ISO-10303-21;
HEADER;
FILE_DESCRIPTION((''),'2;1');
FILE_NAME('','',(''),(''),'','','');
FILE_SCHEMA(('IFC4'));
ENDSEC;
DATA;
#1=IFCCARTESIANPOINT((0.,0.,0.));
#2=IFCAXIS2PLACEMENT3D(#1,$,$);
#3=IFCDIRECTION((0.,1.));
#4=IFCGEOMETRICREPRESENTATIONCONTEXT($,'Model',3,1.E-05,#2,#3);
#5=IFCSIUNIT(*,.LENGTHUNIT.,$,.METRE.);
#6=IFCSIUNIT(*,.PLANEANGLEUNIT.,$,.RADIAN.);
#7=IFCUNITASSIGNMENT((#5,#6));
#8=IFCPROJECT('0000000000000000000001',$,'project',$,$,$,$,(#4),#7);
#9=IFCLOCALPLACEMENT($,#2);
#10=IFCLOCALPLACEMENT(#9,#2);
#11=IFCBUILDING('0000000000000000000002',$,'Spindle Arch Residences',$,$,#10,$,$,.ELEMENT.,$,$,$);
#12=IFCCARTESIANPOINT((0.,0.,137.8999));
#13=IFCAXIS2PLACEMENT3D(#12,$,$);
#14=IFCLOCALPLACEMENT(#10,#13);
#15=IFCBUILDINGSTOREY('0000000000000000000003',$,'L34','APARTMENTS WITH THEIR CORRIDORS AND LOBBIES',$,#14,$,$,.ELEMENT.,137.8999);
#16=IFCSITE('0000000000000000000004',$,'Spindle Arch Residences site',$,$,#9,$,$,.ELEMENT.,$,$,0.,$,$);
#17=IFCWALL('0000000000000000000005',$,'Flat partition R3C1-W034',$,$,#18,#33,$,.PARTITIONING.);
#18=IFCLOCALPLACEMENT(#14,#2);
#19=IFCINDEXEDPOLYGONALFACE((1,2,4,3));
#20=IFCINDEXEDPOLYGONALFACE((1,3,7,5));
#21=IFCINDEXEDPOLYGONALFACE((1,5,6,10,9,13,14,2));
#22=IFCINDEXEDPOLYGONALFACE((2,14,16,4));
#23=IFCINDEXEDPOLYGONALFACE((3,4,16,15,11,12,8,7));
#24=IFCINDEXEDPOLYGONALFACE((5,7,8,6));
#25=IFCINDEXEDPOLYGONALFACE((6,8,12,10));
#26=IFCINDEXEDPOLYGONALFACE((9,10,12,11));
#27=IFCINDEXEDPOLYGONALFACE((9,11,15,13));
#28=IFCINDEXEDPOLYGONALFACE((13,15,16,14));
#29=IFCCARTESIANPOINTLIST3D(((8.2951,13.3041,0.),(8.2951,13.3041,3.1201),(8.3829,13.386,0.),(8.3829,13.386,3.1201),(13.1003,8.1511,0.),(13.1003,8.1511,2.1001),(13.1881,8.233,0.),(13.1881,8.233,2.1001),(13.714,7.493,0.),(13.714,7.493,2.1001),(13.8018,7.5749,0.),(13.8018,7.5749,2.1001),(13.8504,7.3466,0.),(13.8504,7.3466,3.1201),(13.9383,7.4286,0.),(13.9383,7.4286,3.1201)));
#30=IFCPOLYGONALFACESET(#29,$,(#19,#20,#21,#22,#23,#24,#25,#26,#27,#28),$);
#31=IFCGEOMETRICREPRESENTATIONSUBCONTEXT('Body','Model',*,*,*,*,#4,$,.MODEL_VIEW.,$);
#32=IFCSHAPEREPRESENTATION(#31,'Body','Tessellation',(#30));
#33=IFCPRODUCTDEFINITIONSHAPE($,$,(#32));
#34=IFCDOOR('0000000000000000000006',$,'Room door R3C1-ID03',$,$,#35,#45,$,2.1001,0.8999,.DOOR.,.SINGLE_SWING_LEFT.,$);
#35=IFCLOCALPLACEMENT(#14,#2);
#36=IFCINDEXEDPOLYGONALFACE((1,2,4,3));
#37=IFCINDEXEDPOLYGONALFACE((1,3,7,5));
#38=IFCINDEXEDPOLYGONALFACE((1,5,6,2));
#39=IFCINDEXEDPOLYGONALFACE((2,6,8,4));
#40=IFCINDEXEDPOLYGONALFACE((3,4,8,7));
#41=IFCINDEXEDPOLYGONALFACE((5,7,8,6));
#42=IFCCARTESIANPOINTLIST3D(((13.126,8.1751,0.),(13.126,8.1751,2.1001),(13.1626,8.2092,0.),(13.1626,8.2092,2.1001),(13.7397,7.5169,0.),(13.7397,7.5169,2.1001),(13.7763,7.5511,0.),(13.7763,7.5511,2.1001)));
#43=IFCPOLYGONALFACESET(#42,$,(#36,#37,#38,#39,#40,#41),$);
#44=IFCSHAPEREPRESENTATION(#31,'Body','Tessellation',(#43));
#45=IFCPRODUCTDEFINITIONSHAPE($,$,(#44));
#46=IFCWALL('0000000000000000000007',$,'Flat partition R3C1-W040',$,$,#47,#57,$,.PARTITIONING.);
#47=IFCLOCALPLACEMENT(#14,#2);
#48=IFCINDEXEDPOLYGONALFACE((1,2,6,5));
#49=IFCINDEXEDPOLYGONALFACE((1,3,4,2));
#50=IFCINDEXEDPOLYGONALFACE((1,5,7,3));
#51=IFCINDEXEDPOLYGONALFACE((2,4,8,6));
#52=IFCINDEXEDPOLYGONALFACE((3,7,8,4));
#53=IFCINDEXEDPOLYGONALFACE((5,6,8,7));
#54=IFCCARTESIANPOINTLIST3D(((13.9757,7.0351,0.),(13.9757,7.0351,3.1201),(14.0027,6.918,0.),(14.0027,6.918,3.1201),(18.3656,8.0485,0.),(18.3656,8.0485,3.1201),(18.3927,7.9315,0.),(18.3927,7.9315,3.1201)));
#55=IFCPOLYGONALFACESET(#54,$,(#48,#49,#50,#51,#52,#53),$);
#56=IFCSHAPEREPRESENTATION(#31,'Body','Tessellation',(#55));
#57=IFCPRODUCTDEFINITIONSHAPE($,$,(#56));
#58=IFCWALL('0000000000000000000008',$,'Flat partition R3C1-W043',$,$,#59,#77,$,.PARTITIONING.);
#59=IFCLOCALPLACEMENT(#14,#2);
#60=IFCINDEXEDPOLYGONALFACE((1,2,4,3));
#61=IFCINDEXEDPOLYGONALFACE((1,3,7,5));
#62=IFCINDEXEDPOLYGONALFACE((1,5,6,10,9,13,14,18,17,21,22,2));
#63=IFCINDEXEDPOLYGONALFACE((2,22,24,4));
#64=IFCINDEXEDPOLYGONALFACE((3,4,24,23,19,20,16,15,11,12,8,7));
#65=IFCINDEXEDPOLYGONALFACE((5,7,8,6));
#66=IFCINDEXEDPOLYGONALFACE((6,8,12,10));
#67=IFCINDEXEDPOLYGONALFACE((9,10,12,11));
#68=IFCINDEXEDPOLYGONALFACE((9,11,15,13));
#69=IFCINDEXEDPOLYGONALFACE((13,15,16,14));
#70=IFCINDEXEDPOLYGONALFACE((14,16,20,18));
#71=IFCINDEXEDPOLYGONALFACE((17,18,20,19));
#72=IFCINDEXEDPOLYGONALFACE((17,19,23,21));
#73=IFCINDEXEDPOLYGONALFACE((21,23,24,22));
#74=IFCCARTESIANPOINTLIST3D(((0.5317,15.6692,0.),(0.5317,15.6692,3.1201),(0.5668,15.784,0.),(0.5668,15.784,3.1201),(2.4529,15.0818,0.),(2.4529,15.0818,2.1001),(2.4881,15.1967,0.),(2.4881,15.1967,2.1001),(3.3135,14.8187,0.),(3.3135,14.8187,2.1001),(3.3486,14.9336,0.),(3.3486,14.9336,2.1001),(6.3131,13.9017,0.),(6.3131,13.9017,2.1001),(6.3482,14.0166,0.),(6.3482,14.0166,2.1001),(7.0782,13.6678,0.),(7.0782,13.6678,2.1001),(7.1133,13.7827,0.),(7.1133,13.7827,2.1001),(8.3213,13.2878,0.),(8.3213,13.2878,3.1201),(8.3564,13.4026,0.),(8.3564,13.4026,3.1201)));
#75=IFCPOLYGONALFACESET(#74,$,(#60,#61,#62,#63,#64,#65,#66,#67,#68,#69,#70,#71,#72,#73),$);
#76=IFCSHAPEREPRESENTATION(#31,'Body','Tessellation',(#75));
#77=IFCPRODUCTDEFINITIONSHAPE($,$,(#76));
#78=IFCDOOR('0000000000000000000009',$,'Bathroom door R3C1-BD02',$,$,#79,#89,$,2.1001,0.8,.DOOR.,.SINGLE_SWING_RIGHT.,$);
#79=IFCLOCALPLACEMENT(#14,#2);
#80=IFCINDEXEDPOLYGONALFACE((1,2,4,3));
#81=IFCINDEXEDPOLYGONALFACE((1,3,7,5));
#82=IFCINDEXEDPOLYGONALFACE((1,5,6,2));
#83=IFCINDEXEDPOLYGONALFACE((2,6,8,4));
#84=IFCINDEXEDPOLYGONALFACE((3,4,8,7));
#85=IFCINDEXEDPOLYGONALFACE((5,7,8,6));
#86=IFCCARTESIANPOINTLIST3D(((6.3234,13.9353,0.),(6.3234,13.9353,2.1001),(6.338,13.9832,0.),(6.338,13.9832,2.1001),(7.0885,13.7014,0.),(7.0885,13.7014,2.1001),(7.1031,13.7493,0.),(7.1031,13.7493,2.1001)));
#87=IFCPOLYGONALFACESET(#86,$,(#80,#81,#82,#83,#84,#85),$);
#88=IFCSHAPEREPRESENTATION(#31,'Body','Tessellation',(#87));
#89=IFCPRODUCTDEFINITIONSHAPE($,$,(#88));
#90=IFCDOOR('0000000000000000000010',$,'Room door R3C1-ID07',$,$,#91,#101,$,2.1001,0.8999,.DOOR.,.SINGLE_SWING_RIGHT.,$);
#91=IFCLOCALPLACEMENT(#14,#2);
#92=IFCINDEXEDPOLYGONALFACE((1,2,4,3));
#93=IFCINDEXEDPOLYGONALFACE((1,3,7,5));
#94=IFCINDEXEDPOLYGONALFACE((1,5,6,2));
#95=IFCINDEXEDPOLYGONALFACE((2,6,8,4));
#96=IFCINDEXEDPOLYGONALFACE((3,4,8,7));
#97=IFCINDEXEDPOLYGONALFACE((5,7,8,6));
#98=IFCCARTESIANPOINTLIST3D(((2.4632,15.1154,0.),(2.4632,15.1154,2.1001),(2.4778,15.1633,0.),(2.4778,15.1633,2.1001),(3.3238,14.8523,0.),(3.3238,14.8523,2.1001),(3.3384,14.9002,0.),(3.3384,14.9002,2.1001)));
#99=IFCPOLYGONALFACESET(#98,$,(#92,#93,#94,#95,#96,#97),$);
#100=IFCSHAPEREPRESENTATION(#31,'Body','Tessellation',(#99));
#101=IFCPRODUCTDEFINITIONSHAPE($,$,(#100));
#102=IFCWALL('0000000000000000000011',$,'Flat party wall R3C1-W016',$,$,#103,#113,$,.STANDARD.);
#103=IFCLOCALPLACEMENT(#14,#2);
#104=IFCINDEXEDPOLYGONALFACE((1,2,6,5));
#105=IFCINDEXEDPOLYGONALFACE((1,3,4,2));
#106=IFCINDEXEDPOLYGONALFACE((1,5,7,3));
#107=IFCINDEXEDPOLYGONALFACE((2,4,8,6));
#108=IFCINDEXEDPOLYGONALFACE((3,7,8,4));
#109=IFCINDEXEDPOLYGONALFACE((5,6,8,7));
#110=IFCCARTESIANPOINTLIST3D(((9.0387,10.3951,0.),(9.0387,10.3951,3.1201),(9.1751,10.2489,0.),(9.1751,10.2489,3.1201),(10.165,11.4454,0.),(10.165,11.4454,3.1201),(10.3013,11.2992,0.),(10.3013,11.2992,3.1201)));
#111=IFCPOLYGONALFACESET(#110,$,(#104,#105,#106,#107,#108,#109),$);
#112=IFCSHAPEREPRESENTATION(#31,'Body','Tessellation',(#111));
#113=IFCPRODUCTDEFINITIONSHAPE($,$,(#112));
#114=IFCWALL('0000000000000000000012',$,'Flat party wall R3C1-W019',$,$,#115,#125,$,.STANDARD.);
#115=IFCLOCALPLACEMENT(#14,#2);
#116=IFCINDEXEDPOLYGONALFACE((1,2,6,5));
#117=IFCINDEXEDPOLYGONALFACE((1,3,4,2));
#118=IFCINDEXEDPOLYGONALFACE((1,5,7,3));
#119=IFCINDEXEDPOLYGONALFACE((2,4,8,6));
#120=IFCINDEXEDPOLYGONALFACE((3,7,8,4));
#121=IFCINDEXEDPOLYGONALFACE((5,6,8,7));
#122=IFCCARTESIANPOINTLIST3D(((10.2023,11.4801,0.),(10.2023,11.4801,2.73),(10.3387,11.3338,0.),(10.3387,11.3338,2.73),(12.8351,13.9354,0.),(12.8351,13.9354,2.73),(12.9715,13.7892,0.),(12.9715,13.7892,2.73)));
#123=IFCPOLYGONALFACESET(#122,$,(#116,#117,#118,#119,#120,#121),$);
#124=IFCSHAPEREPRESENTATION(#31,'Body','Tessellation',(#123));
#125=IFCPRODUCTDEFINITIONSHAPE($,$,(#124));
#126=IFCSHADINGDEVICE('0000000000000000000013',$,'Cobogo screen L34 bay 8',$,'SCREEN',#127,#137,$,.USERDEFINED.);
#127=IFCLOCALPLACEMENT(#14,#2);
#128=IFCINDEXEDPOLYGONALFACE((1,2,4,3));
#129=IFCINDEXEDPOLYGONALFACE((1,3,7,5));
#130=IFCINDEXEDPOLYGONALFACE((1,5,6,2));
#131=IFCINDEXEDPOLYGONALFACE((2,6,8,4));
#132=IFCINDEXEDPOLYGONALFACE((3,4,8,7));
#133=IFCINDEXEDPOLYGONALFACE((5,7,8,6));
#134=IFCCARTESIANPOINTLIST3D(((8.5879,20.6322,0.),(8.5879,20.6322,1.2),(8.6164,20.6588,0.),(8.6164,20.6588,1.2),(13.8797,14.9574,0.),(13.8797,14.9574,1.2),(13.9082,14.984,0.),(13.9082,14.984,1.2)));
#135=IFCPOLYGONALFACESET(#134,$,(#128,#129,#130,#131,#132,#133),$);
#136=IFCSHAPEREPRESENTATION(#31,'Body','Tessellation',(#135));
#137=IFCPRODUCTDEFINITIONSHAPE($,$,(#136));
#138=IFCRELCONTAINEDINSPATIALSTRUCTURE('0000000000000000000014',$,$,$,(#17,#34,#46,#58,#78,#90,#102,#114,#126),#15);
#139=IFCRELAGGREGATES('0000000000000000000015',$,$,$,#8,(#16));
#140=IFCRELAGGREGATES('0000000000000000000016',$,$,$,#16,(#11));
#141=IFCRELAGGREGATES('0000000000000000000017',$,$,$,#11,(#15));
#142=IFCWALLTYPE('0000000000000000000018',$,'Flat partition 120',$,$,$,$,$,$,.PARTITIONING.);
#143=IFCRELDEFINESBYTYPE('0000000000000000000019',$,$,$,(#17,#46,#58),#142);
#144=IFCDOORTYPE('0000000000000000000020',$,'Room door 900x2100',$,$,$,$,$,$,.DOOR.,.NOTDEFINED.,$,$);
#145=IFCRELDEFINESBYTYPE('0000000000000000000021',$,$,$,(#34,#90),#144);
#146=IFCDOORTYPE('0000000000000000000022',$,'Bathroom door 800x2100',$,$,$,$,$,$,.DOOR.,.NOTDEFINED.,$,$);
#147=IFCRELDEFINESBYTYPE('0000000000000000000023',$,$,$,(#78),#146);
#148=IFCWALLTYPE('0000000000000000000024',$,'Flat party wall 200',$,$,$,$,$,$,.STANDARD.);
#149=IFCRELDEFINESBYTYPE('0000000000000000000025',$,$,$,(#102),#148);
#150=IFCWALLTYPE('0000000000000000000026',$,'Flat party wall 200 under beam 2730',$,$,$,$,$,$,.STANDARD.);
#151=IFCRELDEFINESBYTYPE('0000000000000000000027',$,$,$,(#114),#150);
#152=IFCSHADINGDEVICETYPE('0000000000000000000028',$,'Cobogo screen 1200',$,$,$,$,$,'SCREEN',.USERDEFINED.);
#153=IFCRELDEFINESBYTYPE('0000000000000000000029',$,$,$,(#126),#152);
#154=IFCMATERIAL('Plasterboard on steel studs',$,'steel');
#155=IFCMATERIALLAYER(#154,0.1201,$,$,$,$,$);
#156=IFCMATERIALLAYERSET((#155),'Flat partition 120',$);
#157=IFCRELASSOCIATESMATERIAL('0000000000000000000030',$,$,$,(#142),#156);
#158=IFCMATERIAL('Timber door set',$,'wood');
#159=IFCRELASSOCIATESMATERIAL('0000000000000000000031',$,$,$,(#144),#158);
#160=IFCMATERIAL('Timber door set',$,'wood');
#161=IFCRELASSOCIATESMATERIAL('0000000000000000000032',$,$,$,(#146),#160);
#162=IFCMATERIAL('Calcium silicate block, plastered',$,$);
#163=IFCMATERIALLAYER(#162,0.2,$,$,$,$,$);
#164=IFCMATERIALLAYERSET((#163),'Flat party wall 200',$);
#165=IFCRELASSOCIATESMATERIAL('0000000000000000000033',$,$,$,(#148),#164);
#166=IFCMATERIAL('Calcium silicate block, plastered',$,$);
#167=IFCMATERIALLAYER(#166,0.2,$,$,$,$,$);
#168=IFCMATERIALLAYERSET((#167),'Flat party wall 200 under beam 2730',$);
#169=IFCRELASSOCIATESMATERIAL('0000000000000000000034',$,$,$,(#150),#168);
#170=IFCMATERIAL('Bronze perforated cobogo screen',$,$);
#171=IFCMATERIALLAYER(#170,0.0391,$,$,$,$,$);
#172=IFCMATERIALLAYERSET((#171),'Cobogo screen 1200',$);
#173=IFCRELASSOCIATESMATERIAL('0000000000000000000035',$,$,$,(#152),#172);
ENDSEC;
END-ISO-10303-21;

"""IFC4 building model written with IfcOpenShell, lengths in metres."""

from ifc_helpers import new_model, si_unit, direction, frame, frame_2d, origin, origin_2d, place, context, subcontext, project, spatial, rectangle, extrude, material, layer, layer_set, type_object, element, fill, save


model = new_model("IFC4")

# Units and contexts
model_context = context("Model", 3, precision=1e-05, world=origin(), true_north=direction((0.0, 1.0)))
body_context = subcontext(model_context, "Body", "Model", "MODEL_VIEW")
ifc_project = project(units=[si_unit("LENGTHUNIT", "METRE"), si_unit("PLANEANGLEUNIT", "RADIAN")], contexts=[model_context])

# Site, building, storey
site_placement = place(None, origin())
site = spatial("IfcSite", under=ifc_project, at=site_placement, Name="Spindle Arch Residences site", CompositionType="ELEMENT", RefElevation=0.0)
building_placement = place(site_placement, origin())
building = spatial("IfcBuilding", under=site, at=building_placement, Name="Spindle Arch Residences", CompositionType="ELEMENT")
storey_placement = place(building_placement, frame((0.0, 0.0, 137.8999)))
storey = spatial("IfcBuildingStorey", under=building, at=storey_placement, Name="L34", Description="APARTMENTS WITH THEIR CORRIDORS AND LOBBIES", CompositionType="ELEMENT", Elevation=137.8999)

# Wall, opening, door
ifc_material_1 = material(Name="Plasterboard on steel studs", Category="steel")
ifc_layer_1 = layer(ifc_material_1, 0.1201)
ifc_layer_set_1 = layer_set([ifc_layer_1], Name="Flat partition 120")
wall_type_1 = type_object("IfcWallType", Name="Flat partition 120", PredefinedType="PARTITIONING", material=ifc_layer_set_1)
wall_1_placement = place(storey_placement, frame((13.8943, 7.3877, 0.0), z_axis=(0.0, 0.0, 1.0), x_axis=(-0.681995, 0.731357, 0.0)))
wall_1 = element("IfcWall", 1, at=wall_1_placement, inside=storey, type_object=wall_type_1, Name="Flat partition R3C1-W034", PredefinedType="PARTITIONING", context=body_context, shape_type="SweptSolid", body=[
    extrude(rectangle(XDim=8.1458, YDim=0.1201, at=frame_2d((4.0728, 0.0))), origin(), (0.0, 0.0, 1.0), 3.1201),
])
opening_1_placement = place(wall_1_placement, frame((0.2, 0.0, 0.0)))
opening_1 = element("IfcOpeningElement", 2, at=opening_1_placement, cuts=wall_1, PredefinedType="OPENING", context=body_context, shape_type="SweptSolid", body=[
    extrude(rectangle(XDim=0.8999, YDim=2.1001, at=frame_2d((0.45, 1.05))), frame((0.0, 0.0701, 0.0), z_axis=(0.0, -1.0, 0.0), x_axis=(1.0, 0.0, 0.0)), (0.0, 0.0, 1.0), 0.1401),
])
ifc_material_2 = material(Name="Timber door set", Category="wood")
door_type_1 = type_object("IfcDoorType", Name="Room door 900x2100", OperationType="NOTDEFINED", PredefinedType="DOOR", material=ifc_material_2)
door_1_placement = place(opening_1_placement, origin())
door_1 = element("IfcDoor", 3, at=door_1_placement, inside=storey, type_object=door_type_1, Name="Room door R3C1-ID03", OperationType="SINGLE_SWING_LEFT", OverallHeight=2.1001, OverallWidth=0.8999, PredefinedType="DOOR", context=body_context, shape_type="SweptSolid", body=[
    extrude(rectangle(XDim=0.8999, YDim=2.1001, at=frame_2d((0.45, 1.05))), frame((0.0, 0.0249, 0.0), z_axis=(0.0, -1.0, 0.0), x_axis=(1.0, 0.0, 0.0)), (0.0, 0.0, 1.0), 0.05),
])
fill(opening_1, door_1)

# Wall
wall_2_placement = place(storey_placement, frame((18.3792, 7.99, 0.0), z_axis=(0.0, 0.0, 1.0), x_axis=(-0.974373, -0.224939, 0.0)))
element("IfcWall", 4, at=wall_2_placement, inside=storey, type_object=wall_type_1, Name="Flat partition R3C1-W040", PredefinedType="PARTITIONING", context=body_context, shape_type="SweptSolid", body=[
    extrude(rectangle(XDim=4.5054, YDim=0.1201, at=frame_2d((2.2527, 0.0))), origin(), (0.0, 0.0, 1.0), 3.1201),
])

# Wall, openings, doors
wall_3_placement = place(storey_placement, frame((8.3389, 13.3452, 0.0), z_axis=(0.0, 0.0, 1.0), x_axis=(-0.95631, 0.292354, 0.0)))
wall_3 = element("IfcWall", 5, at=wall_3_placement, inside=storey, type_object=wall_type_1, Name="Flat partition R3C1-W043", PredefinedType="PARTITIONING", context=body_context, shape_type="SweptSolid", body=[
    extrude(rectangle(XDim=8.1455, YDim=0.1201, at=frame_2d((4.0728, 0.0))), origin(), (0.0, 0.0, 1.0), 3.1201),
])
opening_2_placement = place(wall_3_placement, frame((1.3, 0.0, 0.0)))
opening_2 = element("IfcOpeningElement", 6, at=opening_2_placement, cuts=wall_3, PredefinedType="OPENING", context=body_context, shape_type="SweptSolid", body=[
    extrude(rectangle(XDim=0.8, YDim=2.1001, at=frame_2d((0.3999, 1.05))), frame((0.0, 0.0701, 0.0), z_axis=(0.0, -1.0, 0.0), x_axis=(1.0, 0.0, 0.0)), (0.0, 0.0, 1.0), 0.1401),
])
opening_3_placement = place(wall_3_placement, frame((5.2366, 0.0, 0.0)))
opening_3 = element("IfcOpeningElement", 7, at=opening_3_placement, cuts=wall_3, PredefinedType="OPENING", context=body_context, shape_type="SweptSolid", body=[
    extrude(rectangle(XDim=0.8999, YDim=2.1001, at=frame_2d((0.45, 1.05))), frame((0.0, 0.0701, 0.0), z_axis=(0.0, -1.0, 0.0), x_axis=(1.0, 0.0, 0.0)), (0.0, 0.0, 1.0), 0.1401),
])
ifc_material_3 = material(Name="Timber door set", Category="wood")
door_type_2 = type_object("IfcDoorType", Name="Bathroom door 800x2100", OperationType="NOTDEFINED", PredefinedType="DOOR", material=ifc_material_3)
door_2_placement = place(opening_2_placement, origin())
door_2 = element("IfcDoor", 8, at=door_2_placement, inside=storey, type_object=door_type_2, Name="Bathroom door R3C1-BD02", OperationType="SINGLE_SWING_RIGHT", OverallHeight=2.1001, OverallWidth=0.8, PredefinedType="DOOR", context=body_context, shape_type="SweptSolid", body=[
    extrude(rectangle(XDim=0.8, YDim=2.1001, at=frame_2d((0.3999, 1.05))), frame((0.0, 0.0249, 0.0), z_axis=(0.0, -1.0, 0.0), x_axis=(1.0, 0.0, 0.0)), (0.0, 0.0, 1.0), 0.05),
])
fill(opening_2, door_2)
door_3_placement = place(opening_3_placement, origin())
door_3 = element("IfcDoor", 9, at=door_3_placement, inside=storey, type_object=door_type_1, Name="Room door R3C1-ID07", OperationType="SINGLE_SWING_RIGHT", OverallHeight=2.1001, OverallWidth=0.8999, PredefinedType="DOOR", context=body_context, shape_type="SweptSolid", body=[
    extrude(rectangle(XDim=0.8999, YDim=2.1001, at=frame_2d((0.45, 1.05))), frame((0.0, 0.0249, 0.0), z_axis=(0.0, -1.0, 0.0), x_axis=(1.0, 0.0, 0.0)), (0.0, 0.0, 1.0), 0.05),
])
fill(opening_3, door_3)

# Walls
ifc_material_4 = material(Name="Calcium silicate block, plastered")
ifc_layer_2 = layer(ifc_material_4, 0.2)
ifc_layer_set_2 = layer_set([ifc_layer_2], Name="Flat party wall 200")
wall_type_2 = type_object("IfcWallType", Name="Flat party wall 200", PredefinedType="STANDARD", material=ifc_layer_set_2)
wall_4_placement = place(storey_placement, frame((10.2332, 11.3723, 0.0), z_axis=(0.0, 0.0, 1.0), x_axis=(-0.731329, -0.682024, 0.0)))
element("IfcWall", 10, at=wall_4_placement, inside=storey, type_object=wall_type_2, Name="Flat party wall R3C1-W016", PredefinedType="STANDARD", context=body_context, shape_type="SweptSolid", body=[
    extrude(rectangle(XDim=1.54, YDim=0.2, at=frame_2d((0.77, 0.0))), origin(), (0.0, 0.0, 1.0), 3.1201),
])
ifc_material_5 = material(Name="Calcium silicate block, plastered")
ifc_layer_3 = layer(ifc_material_5, 0.2)
ifc_layer_set_3 = layer_set([ifc_layer_3], Name="Flat party wall 200 under beam 2730")
wall_type_3 = type_object("IfcWallType", Name="Flat party wall 200 under beam 2730", PredefinedType="STANDARD", material=ifc_layer_set_3)
wall_5_placement = place(storey_placement, frame((12.9033, 13.8623, 0.0), z_axis=(0.0, 0.0, 1.0), x_axis=(-0.731328, -0.682026, 0.0)))
element("IfcWall", 11, at=wall_5_placement, inside=storey, type_object=wall_type_3, Name="Flat party wall R3C1-W019", PredefinedType="STANDARD", context=body_context, shape_type="SweptSolid", body=[
    extrude(rectangle(XDim=3.6001, YDim=0.2, at=frame_2d((1.8, 0.0))), origin(), (0.0, 0.0, 1.0), 2.73),
])

# Shading device
ifc_material_6 = material(Name="Bronze perforated cobogo screen")
ifc_layer_4 = layer(ifc_material_6, 0.0391)
ifc_layer_set_4 = layer_set([ifc_layer_4], Name="Cobogo screen 1200")
shading_device_type = type_object("IfcShadingDeviceType", Name="Cobogo screen 1200", ElementType="SCREEN", PredefinedType="USERDEFINED", material=ifc_layer_set_4)
shading_device_placement = place(storey_placement, frame((11.248, 17.8081, 0.0), z_axis=(0.0, 0.0, 1.0), x_axis=(-0.681998, 0.731354, 0.0)))
element("IfcShadingDevice", 12, at=shading_device_placement, inside=storey, type_object=shading_device_type, Name="Cobogo screen L34 bay 8", ObjectType="SCREEN", PredefinedType="USERDEFINED", context=body_context, shape_type="SweptSolid", body=[
    extrude(rectangle(XDim=7.7593, YDim=0.0391, at=origin_2d()), origin(), (0.0, 0.0, 1.0), 1.2),
])

save(model, "model.ifc")
